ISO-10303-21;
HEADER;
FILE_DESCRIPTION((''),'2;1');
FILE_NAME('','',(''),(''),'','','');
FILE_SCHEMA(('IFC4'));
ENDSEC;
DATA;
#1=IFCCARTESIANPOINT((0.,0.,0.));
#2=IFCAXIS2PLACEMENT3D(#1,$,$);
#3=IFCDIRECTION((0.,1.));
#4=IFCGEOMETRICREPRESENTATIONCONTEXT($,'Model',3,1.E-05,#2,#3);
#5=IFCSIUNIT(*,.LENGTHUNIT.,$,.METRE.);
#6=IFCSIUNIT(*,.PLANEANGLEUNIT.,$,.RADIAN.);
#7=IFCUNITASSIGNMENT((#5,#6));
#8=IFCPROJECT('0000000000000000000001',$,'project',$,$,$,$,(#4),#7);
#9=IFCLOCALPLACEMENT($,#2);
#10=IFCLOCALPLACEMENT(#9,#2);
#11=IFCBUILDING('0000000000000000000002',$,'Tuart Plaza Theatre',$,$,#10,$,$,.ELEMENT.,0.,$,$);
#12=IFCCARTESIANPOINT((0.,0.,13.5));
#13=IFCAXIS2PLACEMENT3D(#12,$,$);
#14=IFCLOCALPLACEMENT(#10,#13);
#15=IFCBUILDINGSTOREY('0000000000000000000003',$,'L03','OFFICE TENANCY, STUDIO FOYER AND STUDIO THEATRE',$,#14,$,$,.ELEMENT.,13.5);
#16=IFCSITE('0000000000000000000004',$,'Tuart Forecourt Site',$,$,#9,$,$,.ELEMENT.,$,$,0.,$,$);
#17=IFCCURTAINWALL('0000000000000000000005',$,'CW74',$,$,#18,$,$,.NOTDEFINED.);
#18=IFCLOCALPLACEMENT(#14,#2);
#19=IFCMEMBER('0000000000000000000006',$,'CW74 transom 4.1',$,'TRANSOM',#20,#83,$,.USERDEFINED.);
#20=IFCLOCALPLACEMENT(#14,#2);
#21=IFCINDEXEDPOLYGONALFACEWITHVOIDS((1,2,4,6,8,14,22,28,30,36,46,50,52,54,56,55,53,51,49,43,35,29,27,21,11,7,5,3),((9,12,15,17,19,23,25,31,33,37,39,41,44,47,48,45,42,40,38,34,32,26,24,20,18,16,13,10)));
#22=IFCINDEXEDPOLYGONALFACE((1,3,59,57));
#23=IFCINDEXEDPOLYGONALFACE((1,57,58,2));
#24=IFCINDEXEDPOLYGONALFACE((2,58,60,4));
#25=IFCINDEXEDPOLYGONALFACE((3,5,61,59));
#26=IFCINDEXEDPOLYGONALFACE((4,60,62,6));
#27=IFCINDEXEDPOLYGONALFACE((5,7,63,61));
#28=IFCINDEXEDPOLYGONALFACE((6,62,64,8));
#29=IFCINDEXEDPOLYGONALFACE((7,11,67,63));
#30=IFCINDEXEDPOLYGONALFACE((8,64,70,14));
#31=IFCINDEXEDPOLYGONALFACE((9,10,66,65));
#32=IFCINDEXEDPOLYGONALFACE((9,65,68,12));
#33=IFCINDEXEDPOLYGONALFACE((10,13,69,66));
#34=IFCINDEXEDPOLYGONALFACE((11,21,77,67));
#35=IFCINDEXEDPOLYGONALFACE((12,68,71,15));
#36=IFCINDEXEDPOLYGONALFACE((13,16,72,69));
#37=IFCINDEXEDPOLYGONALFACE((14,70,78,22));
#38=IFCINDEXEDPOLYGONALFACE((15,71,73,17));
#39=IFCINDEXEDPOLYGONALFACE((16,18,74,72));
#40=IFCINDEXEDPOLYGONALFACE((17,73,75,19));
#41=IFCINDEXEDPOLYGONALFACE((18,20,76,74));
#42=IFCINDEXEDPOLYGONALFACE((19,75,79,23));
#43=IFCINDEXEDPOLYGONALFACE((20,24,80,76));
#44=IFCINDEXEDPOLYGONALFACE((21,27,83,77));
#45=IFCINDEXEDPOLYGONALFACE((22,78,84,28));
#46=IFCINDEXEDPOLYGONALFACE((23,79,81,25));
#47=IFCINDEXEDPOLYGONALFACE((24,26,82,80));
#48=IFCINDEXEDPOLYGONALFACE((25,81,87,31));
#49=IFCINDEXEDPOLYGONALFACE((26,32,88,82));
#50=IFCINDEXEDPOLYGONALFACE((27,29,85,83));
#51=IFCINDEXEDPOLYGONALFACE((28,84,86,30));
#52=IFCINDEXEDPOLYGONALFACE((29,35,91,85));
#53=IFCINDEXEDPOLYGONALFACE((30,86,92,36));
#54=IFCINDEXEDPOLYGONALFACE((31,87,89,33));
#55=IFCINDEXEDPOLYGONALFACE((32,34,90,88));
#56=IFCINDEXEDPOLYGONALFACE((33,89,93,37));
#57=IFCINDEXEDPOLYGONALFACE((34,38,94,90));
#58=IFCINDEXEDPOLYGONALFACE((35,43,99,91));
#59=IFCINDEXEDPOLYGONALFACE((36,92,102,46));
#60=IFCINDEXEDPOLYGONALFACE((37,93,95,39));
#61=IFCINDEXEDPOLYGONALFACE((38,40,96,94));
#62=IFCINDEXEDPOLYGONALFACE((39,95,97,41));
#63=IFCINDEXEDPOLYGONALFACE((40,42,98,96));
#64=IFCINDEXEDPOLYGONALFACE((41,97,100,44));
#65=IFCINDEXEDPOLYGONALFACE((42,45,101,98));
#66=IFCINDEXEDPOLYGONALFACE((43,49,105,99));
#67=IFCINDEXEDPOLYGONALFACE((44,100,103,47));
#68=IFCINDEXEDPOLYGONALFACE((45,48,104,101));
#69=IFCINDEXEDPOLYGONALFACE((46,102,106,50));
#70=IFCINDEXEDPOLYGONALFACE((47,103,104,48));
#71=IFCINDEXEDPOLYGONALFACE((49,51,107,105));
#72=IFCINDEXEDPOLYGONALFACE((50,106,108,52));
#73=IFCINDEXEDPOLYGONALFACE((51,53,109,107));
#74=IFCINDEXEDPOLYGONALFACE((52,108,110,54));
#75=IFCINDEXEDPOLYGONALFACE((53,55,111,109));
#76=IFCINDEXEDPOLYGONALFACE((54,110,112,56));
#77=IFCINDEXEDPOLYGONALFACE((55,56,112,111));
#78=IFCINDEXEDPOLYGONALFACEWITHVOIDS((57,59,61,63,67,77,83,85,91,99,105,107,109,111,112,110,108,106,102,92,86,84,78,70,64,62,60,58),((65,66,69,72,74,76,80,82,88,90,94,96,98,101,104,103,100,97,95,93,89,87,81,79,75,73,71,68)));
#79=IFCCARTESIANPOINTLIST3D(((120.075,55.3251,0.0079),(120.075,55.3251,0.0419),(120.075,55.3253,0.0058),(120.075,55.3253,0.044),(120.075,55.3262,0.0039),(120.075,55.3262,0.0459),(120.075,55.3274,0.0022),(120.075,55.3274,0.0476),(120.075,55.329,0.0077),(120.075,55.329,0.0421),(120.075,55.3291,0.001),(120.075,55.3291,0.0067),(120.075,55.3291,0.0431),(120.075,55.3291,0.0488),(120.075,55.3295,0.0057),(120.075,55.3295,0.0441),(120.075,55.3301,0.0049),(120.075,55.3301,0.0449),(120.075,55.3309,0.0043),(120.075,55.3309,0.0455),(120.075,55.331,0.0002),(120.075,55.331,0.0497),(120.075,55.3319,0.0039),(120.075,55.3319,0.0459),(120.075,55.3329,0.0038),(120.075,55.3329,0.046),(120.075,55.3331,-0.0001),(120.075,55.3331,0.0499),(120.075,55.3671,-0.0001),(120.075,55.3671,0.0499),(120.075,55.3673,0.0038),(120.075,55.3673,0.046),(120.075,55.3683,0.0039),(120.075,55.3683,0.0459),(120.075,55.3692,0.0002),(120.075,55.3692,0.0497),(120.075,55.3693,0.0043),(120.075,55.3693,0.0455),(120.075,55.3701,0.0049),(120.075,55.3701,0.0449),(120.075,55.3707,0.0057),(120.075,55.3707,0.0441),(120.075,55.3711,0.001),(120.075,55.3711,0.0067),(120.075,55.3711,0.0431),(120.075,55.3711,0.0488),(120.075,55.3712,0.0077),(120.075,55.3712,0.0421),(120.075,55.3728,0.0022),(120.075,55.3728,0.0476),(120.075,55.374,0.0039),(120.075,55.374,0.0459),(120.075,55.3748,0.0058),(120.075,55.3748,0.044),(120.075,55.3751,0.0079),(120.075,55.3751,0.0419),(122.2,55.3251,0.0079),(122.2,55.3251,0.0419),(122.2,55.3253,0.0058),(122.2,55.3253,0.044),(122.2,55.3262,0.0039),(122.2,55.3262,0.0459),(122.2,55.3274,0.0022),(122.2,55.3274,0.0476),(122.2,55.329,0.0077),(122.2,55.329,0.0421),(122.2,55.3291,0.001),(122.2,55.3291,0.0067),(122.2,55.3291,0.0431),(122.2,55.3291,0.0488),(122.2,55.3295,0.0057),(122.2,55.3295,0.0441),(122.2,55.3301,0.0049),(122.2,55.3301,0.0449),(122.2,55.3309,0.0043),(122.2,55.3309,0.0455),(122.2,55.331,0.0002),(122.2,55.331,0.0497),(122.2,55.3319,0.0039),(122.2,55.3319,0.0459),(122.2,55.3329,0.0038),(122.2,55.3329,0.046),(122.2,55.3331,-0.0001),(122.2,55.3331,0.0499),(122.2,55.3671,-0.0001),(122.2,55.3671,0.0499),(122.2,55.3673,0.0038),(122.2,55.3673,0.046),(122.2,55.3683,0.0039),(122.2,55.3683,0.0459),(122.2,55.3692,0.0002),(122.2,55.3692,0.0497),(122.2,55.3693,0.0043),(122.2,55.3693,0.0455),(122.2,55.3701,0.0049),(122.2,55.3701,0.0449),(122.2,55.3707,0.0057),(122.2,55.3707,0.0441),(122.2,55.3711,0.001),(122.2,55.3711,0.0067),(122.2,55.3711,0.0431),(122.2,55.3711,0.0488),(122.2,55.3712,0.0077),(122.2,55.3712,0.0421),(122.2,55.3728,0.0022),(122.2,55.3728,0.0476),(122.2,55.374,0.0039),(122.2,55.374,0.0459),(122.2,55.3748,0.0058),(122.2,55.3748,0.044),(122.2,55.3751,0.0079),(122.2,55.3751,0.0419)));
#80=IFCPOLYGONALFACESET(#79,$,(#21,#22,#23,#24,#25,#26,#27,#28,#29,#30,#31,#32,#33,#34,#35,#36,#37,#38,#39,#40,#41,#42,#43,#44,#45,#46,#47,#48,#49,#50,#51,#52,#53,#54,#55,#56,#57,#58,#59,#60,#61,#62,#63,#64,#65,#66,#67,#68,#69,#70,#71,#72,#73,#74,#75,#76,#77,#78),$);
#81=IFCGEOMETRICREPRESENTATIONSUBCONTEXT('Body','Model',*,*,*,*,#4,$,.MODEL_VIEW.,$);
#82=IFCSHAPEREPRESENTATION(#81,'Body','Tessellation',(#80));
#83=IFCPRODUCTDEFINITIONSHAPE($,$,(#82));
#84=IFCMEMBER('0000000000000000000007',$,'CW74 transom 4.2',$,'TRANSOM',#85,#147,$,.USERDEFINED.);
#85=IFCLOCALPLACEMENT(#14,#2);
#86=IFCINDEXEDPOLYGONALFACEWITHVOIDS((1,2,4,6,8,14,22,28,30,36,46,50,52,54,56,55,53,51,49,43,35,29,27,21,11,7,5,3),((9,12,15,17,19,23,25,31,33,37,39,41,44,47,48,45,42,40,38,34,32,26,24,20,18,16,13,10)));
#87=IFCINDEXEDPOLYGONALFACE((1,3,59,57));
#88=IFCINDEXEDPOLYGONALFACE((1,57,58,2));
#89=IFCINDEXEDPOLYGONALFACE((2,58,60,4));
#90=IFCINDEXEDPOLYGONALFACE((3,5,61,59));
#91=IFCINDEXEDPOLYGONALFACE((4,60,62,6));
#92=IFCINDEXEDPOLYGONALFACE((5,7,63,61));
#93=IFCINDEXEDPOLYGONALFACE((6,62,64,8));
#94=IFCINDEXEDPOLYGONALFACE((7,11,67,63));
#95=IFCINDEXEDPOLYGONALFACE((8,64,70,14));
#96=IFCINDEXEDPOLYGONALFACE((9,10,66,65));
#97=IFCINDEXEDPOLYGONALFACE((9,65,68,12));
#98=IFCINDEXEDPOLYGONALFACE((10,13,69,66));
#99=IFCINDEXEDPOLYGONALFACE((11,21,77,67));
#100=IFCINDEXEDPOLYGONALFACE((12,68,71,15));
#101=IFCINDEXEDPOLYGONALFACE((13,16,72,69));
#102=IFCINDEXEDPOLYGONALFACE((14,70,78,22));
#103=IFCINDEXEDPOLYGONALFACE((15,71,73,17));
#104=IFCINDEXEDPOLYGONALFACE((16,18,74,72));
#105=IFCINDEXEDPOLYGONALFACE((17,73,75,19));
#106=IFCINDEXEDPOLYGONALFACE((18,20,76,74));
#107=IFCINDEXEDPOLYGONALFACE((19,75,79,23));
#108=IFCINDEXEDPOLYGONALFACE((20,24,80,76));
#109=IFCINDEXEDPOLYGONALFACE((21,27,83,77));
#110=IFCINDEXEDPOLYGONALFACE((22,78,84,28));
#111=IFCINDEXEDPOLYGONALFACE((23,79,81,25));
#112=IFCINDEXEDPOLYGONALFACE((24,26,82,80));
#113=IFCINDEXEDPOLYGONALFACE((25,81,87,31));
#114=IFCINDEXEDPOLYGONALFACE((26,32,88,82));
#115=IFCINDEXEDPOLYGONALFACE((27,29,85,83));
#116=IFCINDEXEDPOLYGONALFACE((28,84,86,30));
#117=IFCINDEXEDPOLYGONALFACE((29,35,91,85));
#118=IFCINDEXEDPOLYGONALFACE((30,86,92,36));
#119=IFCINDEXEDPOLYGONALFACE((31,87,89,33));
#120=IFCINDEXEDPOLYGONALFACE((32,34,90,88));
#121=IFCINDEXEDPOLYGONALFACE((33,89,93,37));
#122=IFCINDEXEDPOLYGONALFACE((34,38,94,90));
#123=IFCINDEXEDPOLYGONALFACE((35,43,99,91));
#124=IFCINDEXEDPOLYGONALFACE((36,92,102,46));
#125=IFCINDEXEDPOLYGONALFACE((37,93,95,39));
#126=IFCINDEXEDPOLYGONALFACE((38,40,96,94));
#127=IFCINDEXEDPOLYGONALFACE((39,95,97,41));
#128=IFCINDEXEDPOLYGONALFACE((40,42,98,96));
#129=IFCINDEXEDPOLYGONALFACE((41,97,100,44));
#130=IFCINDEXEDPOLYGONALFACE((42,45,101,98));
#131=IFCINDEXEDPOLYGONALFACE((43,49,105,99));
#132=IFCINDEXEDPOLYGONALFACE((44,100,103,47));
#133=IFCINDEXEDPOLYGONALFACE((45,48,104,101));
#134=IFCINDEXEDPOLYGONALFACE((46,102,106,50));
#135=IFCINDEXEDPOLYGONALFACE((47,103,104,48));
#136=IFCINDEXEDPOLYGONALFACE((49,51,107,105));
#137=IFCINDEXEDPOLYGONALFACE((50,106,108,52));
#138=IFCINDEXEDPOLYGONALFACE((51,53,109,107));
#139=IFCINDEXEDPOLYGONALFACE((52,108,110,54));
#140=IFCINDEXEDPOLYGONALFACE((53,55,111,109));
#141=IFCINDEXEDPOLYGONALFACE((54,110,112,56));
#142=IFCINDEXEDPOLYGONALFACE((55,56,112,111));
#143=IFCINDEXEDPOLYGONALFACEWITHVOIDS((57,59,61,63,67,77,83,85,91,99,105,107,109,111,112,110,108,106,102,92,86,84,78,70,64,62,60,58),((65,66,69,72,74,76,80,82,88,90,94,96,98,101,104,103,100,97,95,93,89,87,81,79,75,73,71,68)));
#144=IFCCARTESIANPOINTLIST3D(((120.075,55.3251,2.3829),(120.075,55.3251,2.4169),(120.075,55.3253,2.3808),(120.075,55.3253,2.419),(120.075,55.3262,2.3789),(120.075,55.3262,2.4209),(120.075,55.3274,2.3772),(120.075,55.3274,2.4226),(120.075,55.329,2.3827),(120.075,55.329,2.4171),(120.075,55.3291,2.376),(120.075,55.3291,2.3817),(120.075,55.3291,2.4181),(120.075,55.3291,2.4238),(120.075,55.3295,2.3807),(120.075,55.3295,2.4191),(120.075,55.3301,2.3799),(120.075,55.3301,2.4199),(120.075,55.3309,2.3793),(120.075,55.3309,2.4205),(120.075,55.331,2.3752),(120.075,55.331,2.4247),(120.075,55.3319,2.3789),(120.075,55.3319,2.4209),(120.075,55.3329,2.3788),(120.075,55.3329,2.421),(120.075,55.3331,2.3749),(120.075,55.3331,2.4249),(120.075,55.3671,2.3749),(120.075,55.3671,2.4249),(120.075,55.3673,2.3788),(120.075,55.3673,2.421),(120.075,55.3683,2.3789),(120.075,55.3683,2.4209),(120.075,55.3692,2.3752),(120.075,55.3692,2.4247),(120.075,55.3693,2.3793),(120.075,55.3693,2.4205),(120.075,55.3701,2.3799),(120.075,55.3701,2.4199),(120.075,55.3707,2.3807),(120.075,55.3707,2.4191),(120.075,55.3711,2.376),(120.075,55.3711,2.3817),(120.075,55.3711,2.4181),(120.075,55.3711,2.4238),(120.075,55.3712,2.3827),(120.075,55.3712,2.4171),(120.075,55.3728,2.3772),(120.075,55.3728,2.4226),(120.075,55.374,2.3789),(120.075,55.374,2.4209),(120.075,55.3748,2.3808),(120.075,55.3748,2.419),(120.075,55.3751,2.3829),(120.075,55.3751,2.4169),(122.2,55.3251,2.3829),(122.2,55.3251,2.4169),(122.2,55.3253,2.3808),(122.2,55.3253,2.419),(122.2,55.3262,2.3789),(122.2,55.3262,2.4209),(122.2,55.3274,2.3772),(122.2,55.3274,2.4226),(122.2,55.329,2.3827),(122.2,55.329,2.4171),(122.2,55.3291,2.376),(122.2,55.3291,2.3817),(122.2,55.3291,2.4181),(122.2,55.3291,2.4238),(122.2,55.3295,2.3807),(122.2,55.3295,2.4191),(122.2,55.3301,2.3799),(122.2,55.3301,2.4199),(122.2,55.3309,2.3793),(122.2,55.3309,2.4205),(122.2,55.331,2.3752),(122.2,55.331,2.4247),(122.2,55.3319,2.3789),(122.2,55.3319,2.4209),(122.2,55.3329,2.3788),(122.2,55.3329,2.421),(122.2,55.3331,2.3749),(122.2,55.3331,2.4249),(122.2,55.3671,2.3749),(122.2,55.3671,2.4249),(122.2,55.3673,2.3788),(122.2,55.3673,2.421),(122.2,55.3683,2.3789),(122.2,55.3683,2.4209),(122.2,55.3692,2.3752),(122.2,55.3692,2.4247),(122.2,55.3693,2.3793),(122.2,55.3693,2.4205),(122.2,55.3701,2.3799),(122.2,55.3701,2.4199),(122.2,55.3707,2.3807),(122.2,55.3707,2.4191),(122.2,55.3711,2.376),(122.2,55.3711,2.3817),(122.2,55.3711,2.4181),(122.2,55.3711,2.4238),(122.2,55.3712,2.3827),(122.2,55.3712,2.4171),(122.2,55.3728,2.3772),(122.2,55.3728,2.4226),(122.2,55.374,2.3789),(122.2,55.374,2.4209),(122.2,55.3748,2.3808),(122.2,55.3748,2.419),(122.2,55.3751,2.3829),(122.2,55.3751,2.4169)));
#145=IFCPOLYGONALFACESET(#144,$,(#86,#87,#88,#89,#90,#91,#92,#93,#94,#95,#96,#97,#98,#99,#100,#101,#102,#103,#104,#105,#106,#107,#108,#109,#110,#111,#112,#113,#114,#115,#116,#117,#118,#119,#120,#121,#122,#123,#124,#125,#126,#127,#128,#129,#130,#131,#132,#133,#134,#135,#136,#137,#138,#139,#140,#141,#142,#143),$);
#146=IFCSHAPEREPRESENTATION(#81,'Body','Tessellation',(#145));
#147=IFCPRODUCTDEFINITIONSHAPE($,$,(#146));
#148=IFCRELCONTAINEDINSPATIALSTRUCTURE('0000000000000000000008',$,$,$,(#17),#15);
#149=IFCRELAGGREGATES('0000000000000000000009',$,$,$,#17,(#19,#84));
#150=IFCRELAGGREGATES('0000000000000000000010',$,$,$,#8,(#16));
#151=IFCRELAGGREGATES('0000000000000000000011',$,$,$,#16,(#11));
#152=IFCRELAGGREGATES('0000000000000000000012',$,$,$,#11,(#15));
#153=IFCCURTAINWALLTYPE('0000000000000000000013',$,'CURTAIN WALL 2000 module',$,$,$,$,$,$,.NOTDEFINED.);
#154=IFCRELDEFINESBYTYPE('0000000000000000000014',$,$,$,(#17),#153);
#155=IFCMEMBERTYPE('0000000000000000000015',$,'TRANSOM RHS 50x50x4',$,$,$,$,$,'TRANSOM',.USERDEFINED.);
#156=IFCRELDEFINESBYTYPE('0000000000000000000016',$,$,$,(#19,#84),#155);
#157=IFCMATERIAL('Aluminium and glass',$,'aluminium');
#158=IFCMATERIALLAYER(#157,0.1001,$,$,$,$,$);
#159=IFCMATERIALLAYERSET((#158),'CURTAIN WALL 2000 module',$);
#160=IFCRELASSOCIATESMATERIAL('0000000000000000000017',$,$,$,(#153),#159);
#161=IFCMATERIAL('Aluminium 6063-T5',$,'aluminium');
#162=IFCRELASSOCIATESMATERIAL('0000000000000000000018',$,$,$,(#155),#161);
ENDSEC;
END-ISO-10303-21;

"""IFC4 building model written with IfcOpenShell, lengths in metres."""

from ifc_helpers import new_model, si_unit, direction, frame, origin, origin_2d, place, context, subcontext, project, spatial, hollow_rectangle, extrude, material, layer, layer_set, material_profile, profile_set, type_object, element, aggregate, save


model = new_model("IFC4")

# Units and contexts
model_context = context("Model", 3, precision=1e-05, world=origin(), true_north=direction((0.0, 1.0)))
body_context = subcontext(model_context, "Body", "Model", "MODEL_VIEW")
ifc_project = project(units=[si_unit("LENGTHUNIT", "METRE"), si_unit("PLANEANGLEUNIT", "RADIAN")], contexts=[model_context])

# Site, building, storey
site_placement = place(None, origin())
site = spatial("IfcSite", under=ifc_project, at=site_placement, Name="Tuart Forecourt Site", CompositionType="ELEMENT", RefElevation=0.0)
building_placement = place(site_placement, origin())
building = spatial("IfcBuilding", under=site, at=building_placement, Name="Tuart Plaza Theatre", CompositionType="ELEMENT", ElevationOfRefHeight=0.0)
storey_placement = place(building_placement, frame((0.0, 0.0, 13.5)))
storey = spatial("IfcBuildingStorey", under=building, at=storey_placement, Name="L03", Description="OFFICE TENANCY, STUDIO FOYER AND STUDIO THEATRE", CompositionType="ELEMENT", Elevation=13.5)

# Shared definitions
ifc_material_1 = material(Name="Aluminium and glass", Category="aluminium")
ifc_layer_1 = layer(ifc_material_1, 0.1001)
ifc_layer_set_1 = layer_set([ifc_layer_1], Name="CURTAIN WALL 2000 module")
curtain_wall_type = type_object("IfcCurtainWallType", Name="CURTAIN WALL 2000 module", PredefinedType="NOTDEFINED", material=ifc_layer_set_1)

# Curtain wall
curtain_wall_1_placement = place(storey_placement, origin())
curtain_wall_1 = element("IfcCurtainWall", 1, at=curtain_wall_1_placement, inside=storey, type_object=curtain_wall_type, Name="CW74", PredefinedType="NOTDEFINED")

# Members
ifc_material_2 = material(Name="Aluminium 6063-T5", Category="aluminium")
ifc_material_profile_1 = material_profile(ifc_material_2, hollow_rectangle(XDim=0.05, YDim=0.05, WallThickness=0.0039, InnerFilletRadius=0.0039, OuterFilletRadius=0.0081, at=origin_2d()), Name="RHS 50x50x4")
ifc_profile_set_1 = profile_set([ifc_material_profile_1], Name="Aluminium 6063-T5")
member_type_1 = type_object("IfcMemberType", Name="TRANSOM RHS 50x50x4", ElementType="TRANSOM", PredefinedType="USERDEFINED", material=ifc_profile_set_1)
member_1_placement = place(storey_placement, frame((120.075, 55.3501, 0.0249), z_axis=(1.0, 0.0, 0.0), x_axis=(0.0, 1.0, 0.0)))
member_1 = element("IfcMember", 2, at=member_1_placement, type_object=member_type_1, Name="CW74 transom 4.1", ObjectType="TRANSOM", PredefinedType="USERDEFINED", context=body_context, shape_type="SweptSolid", body=[
    extrude(hollow_rectangle(XDim=0.05, YDim=0.05, WallThickness=0.0039, InnerFilletRadius=0.0039, OuterFilletRadius=0.0081, at=origin_2d()), origin(), (0.0, 0.0, 1.0), 2.125),
])
member_2_placement = place(storey_placement, frame((120.075, 55.3501, 2.3999), z_axis=(1.0, 0.0, 0.0), x_axis=(0.0, 1.0, 0.0)))
member_2 = element("IfcMember", 3, at=member_2_placement, type_object=member_type_1, Name="CW74 transom 4.2", ObjectType="TRANSOM", PredefinedType="USERDEFINED", context=body_context, shape_type="SweptSolid", body=[
    extrude(hollow_rectangle(XDim=0.05, YDim=0.05, WallThickness=0.0039, InnerFilletRadius=0.0039, OuterFilletRadius=0.0081, at=origin_2d()), origin(), (0.0, 0.0, 1.0), 2.125),
])

aggregate(curtain_wall_1, [member_1, member_2])

save(model, "model.ifc")
